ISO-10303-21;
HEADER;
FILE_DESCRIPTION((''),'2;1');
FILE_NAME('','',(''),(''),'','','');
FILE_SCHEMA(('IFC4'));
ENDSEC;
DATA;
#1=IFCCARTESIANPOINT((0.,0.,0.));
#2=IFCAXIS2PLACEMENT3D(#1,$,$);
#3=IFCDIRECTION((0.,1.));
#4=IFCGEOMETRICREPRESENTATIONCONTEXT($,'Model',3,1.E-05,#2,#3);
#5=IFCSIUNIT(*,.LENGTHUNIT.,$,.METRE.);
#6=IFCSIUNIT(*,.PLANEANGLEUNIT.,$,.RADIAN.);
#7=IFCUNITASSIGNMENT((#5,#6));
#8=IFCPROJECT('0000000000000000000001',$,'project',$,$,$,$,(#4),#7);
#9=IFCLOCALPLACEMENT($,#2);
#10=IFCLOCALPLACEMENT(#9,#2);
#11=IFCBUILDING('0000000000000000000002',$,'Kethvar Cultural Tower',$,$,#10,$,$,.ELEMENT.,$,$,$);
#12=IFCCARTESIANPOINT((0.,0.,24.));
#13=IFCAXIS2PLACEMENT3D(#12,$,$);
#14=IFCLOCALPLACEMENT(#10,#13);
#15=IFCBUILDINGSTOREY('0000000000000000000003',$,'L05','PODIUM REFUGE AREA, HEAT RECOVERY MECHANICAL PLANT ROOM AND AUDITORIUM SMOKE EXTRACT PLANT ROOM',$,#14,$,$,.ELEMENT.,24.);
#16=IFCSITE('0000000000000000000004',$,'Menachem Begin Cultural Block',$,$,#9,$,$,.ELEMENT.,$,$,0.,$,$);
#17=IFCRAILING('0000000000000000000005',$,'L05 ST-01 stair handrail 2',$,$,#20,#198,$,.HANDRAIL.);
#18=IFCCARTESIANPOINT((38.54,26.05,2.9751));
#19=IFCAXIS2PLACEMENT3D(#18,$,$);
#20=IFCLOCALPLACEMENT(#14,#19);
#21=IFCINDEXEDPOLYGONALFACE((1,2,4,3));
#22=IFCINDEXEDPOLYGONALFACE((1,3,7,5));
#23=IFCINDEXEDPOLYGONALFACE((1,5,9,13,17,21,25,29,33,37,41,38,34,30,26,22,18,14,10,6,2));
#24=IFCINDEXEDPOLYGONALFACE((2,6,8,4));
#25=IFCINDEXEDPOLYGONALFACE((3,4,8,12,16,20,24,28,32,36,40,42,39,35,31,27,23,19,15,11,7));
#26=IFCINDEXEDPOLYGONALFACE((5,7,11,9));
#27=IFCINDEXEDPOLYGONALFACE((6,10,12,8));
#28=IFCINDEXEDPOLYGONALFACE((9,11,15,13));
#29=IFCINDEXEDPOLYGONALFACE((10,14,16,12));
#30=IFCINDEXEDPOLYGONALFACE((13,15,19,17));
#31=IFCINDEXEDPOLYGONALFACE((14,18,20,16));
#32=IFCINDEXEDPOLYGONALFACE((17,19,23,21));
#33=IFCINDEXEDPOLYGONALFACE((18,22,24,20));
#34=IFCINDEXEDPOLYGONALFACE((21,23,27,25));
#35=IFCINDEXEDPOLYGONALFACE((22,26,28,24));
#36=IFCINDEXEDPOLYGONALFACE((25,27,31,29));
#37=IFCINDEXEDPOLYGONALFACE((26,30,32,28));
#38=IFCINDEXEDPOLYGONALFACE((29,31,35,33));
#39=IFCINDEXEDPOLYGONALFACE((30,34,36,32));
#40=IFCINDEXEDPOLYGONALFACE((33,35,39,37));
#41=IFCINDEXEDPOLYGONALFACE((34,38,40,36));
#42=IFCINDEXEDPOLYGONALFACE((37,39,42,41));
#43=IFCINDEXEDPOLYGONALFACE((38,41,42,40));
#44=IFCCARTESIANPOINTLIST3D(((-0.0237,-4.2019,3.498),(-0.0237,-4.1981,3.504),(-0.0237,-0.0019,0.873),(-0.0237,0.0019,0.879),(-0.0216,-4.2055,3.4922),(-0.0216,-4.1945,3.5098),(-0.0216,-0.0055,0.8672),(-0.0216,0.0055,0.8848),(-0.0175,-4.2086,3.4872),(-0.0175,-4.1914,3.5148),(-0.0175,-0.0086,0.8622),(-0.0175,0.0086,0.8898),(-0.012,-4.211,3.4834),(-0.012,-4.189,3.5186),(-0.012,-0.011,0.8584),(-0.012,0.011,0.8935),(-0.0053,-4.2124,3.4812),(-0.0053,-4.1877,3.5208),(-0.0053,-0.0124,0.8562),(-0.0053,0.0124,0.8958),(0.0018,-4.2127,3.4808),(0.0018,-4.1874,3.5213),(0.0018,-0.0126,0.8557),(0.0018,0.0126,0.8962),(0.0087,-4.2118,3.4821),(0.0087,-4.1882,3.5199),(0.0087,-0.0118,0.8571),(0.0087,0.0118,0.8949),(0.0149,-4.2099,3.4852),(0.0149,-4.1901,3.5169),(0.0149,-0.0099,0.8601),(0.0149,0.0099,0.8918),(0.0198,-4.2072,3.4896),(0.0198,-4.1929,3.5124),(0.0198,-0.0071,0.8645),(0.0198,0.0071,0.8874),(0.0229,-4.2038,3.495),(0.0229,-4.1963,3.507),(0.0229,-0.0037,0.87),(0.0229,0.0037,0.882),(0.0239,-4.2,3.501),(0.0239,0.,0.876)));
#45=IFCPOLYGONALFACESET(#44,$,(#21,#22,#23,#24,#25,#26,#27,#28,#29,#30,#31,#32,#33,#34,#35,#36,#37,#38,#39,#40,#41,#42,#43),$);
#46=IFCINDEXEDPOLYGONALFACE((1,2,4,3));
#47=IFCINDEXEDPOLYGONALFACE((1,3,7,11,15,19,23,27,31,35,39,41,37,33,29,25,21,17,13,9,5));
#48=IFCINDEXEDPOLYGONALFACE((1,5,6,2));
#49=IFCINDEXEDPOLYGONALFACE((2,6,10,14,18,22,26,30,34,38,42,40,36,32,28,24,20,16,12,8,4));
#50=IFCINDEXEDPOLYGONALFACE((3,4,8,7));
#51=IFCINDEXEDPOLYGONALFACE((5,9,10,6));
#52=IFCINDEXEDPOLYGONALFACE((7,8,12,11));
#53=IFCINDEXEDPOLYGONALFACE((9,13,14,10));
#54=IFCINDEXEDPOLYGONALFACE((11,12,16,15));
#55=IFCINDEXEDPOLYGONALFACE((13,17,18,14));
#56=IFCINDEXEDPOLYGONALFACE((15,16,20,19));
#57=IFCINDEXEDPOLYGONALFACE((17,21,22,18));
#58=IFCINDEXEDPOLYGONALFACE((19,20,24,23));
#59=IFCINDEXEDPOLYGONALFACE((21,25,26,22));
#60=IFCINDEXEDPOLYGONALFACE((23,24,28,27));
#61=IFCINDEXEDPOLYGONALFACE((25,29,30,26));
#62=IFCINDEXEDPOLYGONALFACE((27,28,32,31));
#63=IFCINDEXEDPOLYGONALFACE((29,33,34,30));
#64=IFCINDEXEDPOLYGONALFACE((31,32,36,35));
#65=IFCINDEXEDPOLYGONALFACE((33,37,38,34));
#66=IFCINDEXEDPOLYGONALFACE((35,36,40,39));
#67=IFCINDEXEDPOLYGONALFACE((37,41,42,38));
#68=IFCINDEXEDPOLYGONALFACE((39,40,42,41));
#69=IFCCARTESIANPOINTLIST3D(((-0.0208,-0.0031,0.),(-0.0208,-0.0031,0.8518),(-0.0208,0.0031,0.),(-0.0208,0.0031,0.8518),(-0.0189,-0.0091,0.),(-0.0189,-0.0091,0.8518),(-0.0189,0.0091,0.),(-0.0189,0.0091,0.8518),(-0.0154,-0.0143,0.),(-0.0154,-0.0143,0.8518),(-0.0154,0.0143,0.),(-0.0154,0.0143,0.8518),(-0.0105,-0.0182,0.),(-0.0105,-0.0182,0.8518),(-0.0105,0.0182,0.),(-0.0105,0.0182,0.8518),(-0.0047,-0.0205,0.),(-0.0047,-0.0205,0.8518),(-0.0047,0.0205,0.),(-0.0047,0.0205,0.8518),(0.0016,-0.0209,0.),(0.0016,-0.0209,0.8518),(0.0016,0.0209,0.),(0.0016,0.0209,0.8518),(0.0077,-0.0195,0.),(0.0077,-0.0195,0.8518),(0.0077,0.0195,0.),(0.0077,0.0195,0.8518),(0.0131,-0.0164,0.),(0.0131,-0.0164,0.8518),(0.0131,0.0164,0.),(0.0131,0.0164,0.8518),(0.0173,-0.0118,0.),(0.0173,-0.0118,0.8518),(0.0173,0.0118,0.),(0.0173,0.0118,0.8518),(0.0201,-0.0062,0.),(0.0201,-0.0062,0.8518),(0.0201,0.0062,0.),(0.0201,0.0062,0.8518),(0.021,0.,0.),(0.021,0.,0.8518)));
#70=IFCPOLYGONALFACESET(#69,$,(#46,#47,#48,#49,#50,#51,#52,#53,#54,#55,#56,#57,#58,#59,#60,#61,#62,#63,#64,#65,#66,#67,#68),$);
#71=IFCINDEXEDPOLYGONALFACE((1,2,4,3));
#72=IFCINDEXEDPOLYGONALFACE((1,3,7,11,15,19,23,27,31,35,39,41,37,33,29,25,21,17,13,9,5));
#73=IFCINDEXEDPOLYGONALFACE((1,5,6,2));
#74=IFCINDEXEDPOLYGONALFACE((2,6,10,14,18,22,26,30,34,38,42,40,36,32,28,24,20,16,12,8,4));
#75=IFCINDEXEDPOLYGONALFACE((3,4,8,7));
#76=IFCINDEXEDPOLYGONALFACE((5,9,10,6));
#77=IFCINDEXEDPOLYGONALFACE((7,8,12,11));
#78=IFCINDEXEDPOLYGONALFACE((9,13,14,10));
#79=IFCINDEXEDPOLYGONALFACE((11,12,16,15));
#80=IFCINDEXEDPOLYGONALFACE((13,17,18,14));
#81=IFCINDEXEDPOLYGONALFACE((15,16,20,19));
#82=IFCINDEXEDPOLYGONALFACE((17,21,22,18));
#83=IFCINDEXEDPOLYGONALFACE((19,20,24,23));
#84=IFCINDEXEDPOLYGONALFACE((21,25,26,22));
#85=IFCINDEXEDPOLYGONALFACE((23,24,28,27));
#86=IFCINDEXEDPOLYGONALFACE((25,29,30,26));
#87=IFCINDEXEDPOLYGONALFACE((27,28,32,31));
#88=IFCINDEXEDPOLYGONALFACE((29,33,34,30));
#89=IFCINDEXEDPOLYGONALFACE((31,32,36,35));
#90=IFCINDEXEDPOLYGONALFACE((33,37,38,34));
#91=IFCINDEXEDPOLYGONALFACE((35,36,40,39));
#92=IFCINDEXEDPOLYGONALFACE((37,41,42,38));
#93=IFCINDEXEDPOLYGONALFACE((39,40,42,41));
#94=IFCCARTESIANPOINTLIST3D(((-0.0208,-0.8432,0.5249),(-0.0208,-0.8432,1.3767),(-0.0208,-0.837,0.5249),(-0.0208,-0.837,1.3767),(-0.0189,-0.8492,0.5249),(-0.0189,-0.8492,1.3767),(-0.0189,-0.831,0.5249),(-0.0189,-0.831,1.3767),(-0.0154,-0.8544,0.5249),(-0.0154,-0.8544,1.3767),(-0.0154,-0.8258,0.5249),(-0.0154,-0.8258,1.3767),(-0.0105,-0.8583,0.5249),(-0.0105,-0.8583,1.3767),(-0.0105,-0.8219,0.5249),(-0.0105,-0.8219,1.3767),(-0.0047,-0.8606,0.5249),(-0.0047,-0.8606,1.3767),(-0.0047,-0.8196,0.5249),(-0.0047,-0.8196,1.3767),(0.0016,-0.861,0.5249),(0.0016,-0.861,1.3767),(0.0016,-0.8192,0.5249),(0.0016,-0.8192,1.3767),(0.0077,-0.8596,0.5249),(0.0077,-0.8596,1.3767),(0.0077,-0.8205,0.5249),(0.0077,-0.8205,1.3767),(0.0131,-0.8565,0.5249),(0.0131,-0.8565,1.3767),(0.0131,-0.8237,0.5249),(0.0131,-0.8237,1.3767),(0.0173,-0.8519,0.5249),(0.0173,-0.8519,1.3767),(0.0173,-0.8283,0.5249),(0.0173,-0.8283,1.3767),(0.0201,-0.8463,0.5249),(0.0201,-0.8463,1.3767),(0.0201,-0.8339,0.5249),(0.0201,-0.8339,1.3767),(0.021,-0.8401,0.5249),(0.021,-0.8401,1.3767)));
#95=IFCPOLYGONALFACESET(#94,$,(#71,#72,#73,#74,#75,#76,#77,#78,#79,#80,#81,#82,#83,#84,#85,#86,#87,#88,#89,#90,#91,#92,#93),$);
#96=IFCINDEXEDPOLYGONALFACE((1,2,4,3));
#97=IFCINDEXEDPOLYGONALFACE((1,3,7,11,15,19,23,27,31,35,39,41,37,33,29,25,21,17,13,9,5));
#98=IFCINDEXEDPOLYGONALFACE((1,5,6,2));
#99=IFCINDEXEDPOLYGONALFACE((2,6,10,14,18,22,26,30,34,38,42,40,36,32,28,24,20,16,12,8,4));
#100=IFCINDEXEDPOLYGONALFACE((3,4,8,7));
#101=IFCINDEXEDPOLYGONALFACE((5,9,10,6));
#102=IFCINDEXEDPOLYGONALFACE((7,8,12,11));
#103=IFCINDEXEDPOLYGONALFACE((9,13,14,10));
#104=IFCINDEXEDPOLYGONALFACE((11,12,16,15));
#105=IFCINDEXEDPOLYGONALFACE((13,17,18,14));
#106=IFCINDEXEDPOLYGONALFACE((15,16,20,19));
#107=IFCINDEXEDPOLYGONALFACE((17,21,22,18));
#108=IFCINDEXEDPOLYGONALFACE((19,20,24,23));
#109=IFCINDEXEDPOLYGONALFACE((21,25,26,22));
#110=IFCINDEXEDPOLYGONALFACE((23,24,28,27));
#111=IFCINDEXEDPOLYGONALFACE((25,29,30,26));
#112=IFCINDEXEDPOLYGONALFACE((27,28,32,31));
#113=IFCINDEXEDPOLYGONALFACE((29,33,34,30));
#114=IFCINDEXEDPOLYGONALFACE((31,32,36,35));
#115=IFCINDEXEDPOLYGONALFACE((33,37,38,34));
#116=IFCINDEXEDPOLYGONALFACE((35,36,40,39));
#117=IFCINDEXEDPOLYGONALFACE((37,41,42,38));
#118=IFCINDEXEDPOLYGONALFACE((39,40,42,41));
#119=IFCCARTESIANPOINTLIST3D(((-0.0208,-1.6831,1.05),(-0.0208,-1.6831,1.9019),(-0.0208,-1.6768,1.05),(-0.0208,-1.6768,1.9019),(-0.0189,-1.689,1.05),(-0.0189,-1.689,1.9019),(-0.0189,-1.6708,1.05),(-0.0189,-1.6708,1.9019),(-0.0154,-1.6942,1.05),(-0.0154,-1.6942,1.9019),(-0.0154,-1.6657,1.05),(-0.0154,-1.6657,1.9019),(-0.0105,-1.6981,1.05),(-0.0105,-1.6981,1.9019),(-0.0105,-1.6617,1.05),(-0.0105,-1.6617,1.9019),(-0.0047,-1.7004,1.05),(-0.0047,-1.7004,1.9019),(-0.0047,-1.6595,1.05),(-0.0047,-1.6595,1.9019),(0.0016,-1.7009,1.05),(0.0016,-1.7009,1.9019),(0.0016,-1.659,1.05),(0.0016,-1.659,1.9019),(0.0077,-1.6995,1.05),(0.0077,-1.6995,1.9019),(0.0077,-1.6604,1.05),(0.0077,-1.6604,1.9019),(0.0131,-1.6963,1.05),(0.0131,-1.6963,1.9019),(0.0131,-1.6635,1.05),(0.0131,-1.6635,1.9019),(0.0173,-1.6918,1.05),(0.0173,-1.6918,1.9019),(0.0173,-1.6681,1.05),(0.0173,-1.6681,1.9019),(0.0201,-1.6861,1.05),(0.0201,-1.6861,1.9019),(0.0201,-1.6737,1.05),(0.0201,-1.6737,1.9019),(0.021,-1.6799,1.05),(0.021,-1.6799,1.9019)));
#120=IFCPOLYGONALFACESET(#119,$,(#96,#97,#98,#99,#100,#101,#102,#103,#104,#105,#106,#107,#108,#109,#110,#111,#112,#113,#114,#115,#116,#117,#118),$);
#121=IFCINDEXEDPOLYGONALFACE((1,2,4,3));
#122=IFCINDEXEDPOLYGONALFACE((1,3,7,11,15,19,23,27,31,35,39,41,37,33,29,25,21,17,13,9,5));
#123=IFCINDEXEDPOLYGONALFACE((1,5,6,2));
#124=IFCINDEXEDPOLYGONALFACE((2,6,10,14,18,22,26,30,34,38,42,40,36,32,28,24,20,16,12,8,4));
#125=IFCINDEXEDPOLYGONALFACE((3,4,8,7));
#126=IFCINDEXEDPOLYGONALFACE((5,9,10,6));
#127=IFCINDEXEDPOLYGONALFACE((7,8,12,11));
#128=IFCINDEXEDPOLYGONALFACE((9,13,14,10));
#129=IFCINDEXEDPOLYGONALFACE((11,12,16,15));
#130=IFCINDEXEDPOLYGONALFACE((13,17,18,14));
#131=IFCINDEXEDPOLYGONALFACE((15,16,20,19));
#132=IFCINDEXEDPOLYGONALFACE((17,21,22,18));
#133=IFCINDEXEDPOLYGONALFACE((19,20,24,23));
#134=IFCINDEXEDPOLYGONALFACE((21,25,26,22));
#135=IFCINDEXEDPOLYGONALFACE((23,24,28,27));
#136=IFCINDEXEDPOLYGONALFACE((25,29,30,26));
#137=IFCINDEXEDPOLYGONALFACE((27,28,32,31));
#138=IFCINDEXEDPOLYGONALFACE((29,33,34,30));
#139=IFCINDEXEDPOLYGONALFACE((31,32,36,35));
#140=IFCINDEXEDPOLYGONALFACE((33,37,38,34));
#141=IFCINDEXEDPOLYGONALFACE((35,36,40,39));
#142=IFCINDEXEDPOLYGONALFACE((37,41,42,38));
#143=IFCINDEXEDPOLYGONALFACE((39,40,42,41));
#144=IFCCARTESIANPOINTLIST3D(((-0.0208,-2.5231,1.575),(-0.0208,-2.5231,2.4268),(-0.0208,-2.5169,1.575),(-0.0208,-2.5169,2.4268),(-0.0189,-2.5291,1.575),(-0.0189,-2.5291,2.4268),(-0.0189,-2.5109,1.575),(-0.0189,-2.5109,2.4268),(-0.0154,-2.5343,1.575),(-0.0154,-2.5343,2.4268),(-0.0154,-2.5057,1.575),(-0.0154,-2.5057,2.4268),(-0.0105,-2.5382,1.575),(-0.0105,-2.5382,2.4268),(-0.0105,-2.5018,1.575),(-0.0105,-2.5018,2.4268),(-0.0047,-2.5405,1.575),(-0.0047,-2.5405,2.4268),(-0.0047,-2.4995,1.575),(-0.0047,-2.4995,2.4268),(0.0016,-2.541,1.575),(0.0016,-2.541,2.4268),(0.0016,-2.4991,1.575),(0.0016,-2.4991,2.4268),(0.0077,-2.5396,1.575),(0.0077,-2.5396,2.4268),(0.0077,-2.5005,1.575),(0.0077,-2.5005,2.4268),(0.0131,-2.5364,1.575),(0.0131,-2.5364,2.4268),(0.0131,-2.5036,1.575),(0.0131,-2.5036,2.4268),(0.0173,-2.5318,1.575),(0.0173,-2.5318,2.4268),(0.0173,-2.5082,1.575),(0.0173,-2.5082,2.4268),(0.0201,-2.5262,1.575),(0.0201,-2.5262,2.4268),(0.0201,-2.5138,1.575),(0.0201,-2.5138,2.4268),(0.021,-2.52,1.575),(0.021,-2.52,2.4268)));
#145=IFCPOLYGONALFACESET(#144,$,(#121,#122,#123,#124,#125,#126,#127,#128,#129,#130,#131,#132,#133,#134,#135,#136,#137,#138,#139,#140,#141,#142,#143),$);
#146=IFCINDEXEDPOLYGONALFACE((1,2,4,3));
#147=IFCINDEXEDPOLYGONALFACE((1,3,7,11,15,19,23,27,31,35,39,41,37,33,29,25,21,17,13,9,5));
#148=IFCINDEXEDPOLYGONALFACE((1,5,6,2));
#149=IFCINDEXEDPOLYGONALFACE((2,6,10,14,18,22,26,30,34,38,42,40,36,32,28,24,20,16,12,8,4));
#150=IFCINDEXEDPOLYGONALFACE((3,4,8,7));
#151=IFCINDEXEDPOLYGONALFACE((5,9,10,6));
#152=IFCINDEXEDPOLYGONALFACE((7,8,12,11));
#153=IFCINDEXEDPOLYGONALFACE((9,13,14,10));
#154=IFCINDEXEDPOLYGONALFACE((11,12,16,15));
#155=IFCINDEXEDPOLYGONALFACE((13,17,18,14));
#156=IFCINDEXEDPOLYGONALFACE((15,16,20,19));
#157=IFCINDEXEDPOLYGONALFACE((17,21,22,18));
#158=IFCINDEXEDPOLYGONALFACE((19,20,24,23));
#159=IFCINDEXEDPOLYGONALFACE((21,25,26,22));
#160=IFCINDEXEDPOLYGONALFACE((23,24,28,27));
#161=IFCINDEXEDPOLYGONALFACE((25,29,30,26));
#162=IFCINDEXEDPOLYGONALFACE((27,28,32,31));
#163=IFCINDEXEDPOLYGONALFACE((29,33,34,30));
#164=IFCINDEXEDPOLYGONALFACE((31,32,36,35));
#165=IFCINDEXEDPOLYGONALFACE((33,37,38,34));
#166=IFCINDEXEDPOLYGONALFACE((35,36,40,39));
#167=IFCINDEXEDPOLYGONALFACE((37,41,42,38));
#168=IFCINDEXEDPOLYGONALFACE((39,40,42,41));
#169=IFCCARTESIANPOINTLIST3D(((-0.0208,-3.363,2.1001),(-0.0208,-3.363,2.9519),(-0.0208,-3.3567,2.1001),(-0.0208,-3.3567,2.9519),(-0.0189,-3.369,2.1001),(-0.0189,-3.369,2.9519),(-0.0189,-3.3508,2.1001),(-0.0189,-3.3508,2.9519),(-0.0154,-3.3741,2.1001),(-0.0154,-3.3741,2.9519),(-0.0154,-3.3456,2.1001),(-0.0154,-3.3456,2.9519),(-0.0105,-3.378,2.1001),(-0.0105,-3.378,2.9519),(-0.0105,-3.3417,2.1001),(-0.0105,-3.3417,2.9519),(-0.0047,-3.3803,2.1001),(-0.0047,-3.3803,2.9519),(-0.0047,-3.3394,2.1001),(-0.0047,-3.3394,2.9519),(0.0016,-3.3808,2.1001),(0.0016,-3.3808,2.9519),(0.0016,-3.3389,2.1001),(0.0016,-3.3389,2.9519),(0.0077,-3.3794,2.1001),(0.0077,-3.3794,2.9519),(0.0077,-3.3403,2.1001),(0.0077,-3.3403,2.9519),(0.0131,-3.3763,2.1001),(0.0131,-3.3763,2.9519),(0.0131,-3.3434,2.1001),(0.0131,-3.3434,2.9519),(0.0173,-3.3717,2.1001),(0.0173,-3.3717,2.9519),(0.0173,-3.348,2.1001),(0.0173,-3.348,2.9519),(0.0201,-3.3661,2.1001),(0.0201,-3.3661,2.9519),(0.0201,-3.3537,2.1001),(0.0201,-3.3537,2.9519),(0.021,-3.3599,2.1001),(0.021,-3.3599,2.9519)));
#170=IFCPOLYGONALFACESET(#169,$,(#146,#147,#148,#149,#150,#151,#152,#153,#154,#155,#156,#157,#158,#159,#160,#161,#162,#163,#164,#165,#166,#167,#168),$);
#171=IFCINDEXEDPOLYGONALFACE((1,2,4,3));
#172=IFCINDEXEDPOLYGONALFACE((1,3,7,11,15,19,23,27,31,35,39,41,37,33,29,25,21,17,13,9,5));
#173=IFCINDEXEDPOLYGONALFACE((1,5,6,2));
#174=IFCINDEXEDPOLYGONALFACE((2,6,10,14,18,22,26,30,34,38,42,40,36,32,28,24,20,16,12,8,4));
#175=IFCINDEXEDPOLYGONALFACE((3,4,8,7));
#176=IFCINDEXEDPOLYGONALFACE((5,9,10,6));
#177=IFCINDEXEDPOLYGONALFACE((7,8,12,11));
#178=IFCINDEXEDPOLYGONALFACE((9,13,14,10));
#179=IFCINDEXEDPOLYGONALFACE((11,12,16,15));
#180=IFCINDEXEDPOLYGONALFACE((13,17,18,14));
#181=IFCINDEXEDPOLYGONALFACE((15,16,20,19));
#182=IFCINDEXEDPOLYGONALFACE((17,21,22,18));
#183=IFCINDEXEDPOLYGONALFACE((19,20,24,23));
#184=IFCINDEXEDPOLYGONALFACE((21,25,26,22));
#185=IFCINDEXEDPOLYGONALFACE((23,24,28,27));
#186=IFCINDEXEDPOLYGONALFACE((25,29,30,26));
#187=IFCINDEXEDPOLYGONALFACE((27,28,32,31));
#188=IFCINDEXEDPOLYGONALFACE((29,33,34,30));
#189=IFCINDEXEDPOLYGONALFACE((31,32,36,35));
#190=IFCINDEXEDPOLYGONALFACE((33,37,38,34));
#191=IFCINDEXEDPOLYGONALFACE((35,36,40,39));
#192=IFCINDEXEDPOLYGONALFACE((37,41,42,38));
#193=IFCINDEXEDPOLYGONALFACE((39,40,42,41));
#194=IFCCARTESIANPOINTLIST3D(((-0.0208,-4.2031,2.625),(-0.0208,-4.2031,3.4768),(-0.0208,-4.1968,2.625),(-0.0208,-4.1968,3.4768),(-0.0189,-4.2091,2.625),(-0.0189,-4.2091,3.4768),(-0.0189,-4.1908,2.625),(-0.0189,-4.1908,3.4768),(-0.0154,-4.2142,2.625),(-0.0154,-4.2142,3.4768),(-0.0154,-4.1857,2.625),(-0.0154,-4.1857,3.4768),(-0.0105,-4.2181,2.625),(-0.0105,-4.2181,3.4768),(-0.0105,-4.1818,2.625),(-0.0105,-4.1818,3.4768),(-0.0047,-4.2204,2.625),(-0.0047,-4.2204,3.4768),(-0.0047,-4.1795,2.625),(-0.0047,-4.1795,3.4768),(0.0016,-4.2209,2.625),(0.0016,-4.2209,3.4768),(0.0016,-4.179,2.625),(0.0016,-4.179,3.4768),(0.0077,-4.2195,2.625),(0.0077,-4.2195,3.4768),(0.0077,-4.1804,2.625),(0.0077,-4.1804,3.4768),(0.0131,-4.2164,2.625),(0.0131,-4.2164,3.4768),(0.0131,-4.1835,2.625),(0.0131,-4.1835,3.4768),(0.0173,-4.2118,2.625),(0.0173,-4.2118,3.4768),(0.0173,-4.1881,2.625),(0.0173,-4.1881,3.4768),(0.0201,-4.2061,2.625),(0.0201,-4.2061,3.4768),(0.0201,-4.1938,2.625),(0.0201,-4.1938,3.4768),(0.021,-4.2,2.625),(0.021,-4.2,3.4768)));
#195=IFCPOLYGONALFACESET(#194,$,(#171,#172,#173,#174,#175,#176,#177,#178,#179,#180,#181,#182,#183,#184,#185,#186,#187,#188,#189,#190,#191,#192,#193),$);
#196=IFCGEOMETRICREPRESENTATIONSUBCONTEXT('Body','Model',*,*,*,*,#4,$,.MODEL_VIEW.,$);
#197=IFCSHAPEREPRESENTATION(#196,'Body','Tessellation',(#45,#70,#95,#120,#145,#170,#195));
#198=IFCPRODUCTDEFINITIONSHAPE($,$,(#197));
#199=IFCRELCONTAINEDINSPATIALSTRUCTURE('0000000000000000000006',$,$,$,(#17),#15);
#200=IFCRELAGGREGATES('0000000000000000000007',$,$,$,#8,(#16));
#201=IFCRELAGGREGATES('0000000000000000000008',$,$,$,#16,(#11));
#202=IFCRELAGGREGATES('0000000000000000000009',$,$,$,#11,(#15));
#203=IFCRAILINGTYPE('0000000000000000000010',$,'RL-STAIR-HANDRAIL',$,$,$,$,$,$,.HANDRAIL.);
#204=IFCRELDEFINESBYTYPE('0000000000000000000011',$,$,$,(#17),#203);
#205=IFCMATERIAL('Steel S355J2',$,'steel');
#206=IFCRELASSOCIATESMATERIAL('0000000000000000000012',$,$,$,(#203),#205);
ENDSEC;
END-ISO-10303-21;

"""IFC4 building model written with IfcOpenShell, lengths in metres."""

from ifc_helpers import new_model, si_unit, direction, frame, origin, origin_2d, place, context, subcontext, project, spatial, circle, extrude, material, type_object, element, save


model = new_model("IFC4")

# Units and contexts
model_context = context("Model", 3, precision=1e-05, world=origin(), true_north=direction((0.0, 1.0)))
body_context = subcontext(model_context, "Body", "Model", "MODEL_VIEW")
ifc_project = project(units=[si_unit("LENGTHUNIT", "METRE"), si_unit("PLANEANGLEUNIT", "RADIAN")], contexts=[model_context])

# Site, building, storey
site_placement = place(None, origin())
site = spatial("IfcSite", under=ifc_project, at=site_placement, Name="Menachem Begin Cultural Block", CompositionType="ELEMENT", RefElevation=0.0)
building_placement = place(site_placement, origin())
building = spatial("IfcBuilding", under=site, at=building_placement, Name="Kethvar Cultural Tower", CompositionType="ELEMENT")
storey_placement = place(building_placement, frame((0.0, 0.0, 24.0)))
storey = spatial("IfcBuildingStorey", under=building, at=storey_placement, Name="L05", Description="PODIUM REFUGE AREA, HEAT RECOVERY MECHANICAL PLANT ROOM AND AUDITORIUM SMOKE EXTRACT PLANT ROOM", CompositionType="ELEMENT", Elevation=24.0)

# Shared definitions
ifc_material_1 = material(Name="Steel S355J2", Category="steel")

# Railing
railing_type_1 = type_object("IfcRailingType", Name="RL-STAIR-HANDRAIL", PredefinedType="HANDRAIL", material=ifc_material_1)
railing_1_placement = place(storey_placement, frame((38.54, 26.05, 2.9751)))
element("IfcRailing", 1, at=railing_1_placement, inside=storey, type_object=railing_type_1, Name="L05 ST-01 stair handrail 2", PredefinedType="HANDRAIL", context=body_context, shape_type="SweptSolid", body=[
    extrude(circle(Radius=0.0239, at=origin_2d()), frame((0.0, 0.0, 0.876), z_axis=(0.0, -0.847996, 0.530003), x_axis=(1.0, 0.0, 0.0)), (0.0, 0.0, 1.0), 4.9529),
    extrude(circle(Radius=0.021, at=origin_2d()), origin(), (0.0, 0.0, 1.0), 0.8518),
    extrude(circle(Radius=0.021, at=origin_2d()), frame((0.0, -0.8401, 0.5249)), (0.0, 0.0, 1.0), 0.8518),
    extrude(circle(Radius=0.021, at=origin_2d()), frame((0.0, -1.6799, 1.05)), (0.0, 0.0, 1.0), 0.8518),
    extrude(circle(Radius=0.021, at=origin_2d()), frame((0.0, -2.52, 1.575)), (0.0, 0.0, 1.0), 0.8518),
    extrude(circle(Radius=0.021, at=origin_2d()), frame((0.0, -3.3599, 2.1001)), (0.0, 0.0, 1.0), 0.8518),
    extrude(circle(Radius=0.021, at=origin_2d()), frame((0.0, -4.2, 2.625)), (0.0, 0.0, 1.0), 0.8518),
])

save(model, "model.ifc")
